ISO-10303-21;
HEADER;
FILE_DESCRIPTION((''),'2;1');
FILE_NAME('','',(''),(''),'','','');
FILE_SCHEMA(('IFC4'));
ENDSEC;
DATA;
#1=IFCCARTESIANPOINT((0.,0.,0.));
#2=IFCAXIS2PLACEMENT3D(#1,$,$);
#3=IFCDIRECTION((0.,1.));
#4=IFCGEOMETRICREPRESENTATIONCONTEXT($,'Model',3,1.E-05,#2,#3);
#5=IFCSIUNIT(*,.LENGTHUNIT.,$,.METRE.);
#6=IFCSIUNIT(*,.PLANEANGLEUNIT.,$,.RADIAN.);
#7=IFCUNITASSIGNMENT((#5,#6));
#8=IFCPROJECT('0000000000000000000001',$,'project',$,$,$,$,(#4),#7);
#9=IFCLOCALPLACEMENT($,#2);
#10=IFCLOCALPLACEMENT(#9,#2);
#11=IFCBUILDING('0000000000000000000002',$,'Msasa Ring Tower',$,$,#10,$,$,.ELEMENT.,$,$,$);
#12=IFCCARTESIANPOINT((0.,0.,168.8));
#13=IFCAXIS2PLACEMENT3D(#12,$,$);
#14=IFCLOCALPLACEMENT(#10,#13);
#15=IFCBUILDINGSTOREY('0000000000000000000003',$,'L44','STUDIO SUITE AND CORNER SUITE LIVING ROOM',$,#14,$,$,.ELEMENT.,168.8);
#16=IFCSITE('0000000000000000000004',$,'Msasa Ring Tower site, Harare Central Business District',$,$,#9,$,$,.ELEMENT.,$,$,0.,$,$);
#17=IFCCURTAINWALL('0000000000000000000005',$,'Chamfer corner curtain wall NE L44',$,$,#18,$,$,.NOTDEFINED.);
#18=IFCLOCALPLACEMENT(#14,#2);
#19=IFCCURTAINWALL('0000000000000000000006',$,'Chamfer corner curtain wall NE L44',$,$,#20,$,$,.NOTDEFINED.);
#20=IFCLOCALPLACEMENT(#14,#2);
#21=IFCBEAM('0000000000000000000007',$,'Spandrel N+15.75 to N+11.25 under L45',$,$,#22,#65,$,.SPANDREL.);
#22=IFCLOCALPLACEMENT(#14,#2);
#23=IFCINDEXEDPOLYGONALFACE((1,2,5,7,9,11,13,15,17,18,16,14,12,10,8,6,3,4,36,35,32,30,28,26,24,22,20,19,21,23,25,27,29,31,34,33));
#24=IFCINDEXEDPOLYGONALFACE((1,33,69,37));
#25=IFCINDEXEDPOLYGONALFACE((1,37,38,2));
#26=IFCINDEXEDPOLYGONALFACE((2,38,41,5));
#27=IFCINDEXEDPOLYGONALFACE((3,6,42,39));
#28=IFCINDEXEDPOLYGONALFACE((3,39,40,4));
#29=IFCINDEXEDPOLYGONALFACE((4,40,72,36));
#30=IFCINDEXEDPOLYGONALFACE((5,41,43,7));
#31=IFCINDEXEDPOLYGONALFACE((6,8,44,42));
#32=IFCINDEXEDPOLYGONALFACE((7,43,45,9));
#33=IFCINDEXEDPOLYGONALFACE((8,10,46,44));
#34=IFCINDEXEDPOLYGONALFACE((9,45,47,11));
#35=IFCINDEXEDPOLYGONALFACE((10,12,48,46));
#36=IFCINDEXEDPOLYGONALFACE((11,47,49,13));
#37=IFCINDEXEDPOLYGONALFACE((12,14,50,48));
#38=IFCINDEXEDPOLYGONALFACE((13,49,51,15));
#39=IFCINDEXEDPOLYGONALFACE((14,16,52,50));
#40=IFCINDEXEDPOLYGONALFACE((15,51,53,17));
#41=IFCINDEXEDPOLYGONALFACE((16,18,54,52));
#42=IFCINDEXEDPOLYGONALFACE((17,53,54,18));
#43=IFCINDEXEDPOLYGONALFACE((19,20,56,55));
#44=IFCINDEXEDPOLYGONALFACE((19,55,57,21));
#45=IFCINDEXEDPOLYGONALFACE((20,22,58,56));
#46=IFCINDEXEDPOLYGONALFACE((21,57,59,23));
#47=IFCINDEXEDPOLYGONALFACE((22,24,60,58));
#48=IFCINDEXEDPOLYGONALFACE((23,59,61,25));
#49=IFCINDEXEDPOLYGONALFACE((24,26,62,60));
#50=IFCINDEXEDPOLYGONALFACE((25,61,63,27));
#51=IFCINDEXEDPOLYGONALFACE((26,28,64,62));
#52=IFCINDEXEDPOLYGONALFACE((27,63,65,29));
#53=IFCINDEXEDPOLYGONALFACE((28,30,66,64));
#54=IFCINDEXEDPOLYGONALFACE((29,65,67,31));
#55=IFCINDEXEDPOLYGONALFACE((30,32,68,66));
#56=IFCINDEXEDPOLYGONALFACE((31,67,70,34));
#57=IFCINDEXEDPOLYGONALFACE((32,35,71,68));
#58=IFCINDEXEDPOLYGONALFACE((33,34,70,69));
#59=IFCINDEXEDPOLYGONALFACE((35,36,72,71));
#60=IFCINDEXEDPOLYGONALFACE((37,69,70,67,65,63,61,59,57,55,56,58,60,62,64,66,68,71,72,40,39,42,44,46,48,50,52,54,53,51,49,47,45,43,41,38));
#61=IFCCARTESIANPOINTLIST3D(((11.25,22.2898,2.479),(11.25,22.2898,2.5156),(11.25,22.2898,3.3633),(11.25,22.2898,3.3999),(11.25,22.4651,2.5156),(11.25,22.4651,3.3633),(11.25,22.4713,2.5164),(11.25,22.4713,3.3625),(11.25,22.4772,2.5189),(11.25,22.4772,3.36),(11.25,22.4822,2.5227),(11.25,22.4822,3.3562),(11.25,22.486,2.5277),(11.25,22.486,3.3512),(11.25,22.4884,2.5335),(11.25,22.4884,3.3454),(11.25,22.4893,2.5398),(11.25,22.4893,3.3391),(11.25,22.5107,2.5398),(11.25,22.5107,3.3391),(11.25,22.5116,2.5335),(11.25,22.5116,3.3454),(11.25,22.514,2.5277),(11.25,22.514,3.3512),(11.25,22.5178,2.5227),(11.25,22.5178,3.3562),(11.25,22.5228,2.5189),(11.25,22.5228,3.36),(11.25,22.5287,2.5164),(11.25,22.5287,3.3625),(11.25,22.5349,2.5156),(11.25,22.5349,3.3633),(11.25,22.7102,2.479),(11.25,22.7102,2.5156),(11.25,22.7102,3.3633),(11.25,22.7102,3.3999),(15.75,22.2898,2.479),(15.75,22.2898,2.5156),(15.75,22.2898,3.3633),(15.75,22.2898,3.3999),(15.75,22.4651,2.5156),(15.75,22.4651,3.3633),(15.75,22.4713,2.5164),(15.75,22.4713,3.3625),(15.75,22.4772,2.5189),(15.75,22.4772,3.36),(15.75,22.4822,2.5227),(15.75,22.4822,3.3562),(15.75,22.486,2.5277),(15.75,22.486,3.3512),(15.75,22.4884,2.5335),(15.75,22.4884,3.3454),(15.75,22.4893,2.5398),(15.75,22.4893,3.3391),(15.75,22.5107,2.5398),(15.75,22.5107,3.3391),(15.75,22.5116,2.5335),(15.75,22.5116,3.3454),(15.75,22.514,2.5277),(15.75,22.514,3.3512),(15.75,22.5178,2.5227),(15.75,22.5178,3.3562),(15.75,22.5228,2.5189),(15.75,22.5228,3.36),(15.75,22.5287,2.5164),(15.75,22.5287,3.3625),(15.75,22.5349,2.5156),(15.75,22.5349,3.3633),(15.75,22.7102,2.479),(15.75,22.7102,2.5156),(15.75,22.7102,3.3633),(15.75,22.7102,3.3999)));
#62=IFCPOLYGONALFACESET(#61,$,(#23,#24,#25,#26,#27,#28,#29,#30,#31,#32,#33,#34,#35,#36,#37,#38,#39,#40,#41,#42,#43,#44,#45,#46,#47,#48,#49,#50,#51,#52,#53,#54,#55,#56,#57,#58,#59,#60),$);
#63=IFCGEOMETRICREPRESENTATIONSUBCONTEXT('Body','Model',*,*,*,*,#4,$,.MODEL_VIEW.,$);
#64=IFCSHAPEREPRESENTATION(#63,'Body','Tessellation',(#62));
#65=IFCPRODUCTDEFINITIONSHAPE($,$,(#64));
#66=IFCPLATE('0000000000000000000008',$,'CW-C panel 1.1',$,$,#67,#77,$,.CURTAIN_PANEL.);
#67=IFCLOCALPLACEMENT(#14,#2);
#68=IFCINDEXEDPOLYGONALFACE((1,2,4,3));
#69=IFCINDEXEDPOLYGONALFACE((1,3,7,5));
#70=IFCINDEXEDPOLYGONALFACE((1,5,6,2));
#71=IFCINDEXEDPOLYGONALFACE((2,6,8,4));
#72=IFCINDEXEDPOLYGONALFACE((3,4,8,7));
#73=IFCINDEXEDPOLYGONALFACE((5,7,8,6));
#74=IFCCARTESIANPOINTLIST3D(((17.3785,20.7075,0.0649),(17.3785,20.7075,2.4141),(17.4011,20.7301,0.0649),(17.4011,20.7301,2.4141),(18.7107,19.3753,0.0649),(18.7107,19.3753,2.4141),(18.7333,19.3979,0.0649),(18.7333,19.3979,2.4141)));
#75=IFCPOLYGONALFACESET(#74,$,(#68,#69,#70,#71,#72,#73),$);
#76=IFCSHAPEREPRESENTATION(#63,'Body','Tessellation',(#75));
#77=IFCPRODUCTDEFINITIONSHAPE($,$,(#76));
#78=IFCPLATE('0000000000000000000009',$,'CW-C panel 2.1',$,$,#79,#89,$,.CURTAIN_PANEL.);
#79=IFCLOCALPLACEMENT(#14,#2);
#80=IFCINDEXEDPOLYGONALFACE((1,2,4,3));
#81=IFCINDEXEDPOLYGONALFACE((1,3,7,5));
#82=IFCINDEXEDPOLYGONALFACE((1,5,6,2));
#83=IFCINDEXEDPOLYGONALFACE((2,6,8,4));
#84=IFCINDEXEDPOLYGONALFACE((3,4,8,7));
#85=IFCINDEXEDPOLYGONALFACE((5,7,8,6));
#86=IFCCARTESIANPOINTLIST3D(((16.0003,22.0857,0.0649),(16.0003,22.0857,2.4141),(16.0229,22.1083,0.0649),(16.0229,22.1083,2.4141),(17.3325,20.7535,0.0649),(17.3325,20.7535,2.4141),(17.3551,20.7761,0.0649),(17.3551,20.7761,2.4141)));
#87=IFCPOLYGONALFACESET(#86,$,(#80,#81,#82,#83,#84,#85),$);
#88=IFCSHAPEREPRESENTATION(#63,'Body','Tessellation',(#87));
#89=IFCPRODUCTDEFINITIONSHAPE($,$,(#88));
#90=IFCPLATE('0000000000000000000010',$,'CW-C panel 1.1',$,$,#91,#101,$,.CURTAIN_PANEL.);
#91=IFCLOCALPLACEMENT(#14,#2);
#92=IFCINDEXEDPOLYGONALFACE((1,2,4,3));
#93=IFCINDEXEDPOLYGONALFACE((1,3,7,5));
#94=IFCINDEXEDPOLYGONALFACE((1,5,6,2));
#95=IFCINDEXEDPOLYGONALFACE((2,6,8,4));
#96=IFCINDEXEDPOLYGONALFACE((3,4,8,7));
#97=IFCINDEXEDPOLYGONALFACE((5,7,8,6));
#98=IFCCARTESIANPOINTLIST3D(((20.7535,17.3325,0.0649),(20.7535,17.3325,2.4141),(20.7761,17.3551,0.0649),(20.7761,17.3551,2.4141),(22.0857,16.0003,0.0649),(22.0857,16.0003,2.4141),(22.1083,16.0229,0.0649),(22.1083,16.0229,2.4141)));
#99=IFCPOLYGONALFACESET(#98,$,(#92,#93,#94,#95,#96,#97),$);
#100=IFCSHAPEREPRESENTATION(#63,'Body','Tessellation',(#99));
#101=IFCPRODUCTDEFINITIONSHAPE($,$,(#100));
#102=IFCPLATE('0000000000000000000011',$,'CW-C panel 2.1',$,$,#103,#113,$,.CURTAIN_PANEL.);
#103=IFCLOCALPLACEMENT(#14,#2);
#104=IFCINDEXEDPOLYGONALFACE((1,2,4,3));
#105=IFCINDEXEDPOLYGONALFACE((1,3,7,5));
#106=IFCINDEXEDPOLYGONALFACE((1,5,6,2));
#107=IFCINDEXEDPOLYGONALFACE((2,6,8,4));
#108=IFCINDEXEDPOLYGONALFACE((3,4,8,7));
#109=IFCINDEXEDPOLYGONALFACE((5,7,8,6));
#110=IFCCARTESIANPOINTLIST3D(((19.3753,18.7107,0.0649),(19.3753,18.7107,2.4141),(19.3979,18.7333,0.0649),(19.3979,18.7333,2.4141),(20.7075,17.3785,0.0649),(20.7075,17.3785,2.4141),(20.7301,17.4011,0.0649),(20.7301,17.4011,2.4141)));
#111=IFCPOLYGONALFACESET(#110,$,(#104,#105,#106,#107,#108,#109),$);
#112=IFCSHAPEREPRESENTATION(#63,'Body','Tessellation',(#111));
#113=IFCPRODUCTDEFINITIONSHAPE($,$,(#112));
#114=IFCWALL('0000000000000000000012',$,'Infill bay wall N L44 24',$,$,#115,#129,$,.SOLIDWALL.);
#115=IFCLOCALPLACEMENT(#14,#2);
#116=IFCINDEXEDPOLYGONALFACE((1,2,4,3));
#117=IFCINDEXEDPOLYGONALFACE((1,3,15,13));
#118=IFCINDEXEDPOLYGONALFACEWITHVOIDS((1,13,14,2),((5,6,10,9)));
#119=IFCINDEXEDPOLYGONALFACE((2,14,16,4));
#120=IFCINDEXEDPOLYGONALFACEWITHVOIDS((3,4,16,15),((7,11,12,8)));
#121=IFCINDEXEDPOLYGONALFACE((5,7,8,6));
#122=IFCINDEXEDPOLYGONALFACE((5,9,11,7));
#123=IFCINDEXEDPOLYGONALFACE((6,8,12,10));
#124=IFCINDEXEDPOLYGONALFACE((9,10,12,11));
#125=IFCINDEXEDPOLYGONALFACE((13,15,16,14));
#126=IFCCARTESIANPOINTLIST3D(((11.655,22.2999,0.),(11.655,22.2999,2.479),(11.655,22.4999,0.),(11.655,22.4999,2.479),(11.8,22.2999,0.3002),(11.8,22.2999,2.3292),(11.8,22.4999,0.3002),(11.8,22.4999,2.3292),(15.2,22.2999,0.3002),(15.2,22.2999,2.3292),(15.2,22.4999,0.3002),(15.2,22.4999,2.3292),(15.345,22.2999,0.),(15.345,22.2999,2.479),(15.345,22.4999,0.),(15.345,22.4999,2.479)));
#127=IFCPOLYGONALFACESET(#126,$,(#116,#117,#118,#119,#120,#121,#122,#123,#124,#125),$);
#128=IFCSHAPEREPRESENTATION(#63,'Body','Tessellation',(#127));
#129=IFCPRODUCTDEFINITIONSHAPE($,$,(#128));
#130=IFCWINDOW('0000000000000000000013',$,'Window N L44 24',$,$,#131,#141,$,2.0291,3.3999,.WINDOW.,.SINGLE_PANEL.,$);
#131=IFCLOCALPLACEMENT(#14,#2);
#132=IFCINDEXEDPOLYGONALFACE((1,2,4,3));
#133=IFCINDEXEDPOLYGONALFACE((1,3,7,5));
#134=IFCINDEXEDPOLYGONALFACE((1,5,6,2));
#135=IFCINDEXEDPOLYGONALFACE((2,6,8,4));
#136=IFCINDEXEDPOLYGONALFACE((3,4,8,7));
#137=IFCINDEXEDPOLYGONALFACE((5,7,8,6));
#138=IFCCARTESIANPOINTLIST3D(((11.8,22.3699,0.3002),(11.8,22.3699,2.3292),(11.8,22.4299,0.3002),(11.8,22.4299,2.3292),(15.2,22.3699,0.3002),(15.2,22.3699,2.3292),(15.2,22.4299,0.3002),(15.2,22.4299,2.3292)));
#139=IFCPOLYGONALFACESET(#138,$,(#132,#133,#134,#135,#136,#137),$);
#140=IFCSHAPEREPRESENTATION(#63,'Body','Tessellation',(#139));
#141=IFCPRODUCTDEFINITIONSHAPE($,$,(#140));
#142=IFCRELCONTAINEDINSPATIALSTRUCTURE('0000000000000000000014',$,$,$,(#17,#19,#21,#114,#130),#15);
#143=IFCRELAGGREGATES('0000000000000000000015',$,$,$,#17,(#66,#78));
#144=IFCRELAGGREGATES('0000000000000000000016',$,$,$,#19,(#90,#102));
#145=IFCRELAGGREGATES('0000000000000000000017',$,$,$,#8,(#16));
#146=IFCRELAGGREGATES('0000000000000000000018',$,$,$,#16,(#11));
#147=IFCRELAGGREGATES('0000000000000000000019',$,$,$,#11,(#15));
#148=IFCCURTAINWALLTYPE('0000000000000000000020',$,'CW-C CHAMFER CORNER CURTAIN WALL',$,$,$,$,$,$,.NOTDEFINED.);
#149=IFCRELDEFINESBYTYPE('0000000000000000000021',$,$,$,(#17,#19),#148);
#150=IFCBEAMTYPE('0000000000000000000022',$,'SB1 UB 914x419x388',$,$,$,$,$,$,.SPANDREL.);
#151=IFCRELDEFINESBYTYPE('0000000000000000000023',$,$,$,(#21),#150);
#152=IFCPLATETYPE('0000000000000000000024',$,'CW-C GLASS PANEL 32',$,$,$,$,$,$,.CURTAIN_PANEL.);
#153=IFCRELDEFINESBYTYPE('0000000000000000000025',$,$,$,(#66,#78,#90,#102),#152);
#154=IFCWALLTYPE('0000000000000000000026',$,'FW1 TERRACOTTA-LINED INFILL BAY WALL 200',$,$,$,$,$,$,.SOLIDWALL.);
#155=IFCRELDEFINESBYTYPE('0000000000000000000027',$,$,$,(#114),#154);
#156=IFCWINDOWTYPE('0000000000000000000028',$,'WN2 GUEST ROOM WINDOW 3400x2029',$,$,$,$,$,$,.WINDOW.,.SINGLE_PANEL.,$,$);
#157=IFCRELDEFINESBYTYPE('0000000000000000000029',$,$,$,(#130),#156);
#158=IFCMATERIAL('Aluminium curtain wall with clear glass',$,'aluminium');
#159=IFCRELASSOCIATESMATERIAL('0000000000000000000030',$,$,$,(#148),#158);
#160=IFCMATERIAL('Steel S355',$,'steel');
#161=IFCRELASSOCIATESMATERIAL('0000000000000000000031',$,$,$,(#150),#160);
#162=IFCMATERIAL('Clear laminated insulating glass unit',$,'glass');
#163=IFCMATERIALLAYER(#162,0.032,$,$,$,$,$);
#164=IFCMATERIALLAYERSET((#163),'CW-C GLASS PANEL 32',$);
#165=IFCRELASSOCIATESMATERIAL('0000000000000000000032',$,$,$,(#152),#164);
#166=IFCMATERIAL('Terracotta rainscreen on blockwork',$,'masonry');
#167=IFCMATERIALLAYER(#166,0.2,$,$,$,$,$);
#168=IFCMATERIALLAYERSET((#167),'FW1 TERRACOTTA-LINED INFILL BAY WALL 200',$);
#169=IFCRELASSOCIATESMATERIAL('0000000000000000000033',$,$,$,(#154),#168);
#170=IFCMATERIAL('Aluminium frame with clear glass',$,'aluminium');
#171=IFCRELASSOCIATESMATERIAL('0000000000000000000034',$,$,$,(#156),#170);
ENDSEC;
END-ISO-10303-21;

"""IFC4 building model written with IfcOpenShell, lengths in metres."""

from ifc_helpers import new_model, si_unit, direction, frame, frame_2d, origin, origin_2d, place, context, subcontext, project, spatial, rectangle, i_section, extrude, material, layer, layer_set, material_profile, profile_set, type_object, element, fill, aggregate, save


model = new_model("IFC4")

# Units and contexts
model_context = context("Model", 3, precision=1e-05, world=origin(), true_north=direction((0.0, 1.0)))
body_context = subcontext(model_context, "Body", "Model", "MODEL_VIEW")
ifc_project = project(units=[si_unit("LENGTHUNIT", "METRE"), si_unit("PLANEANGLEUNIT", "RADIAN")], contexts=[model_context])

# Site, building, storey
site_placement = place(None, origin())
site = spatial("IfcSite", under=ifc_project, at=site_placement, Name="Msasa Ring Tower site, Harare Central Business District", CompositionType="ELEMENT", RefElevation=0.0)
building_placement = place(site_placement, origin())
building = spatial("IfcBuilding", under=site, at=building_placement, Name="Msasa Ring Tower", CompositionType="ELEMENT")
storey_placement = place(building_placement, frame((0.0, 0.0, 168.8)))
storey = spatial("IfcBuildingStorey", under=building, at=storey_placement, Name="L44", Description="STUDIO SUITE AND CORNER SUITE LIVING ROOM", CompositionType="ELEMENT", Elevation=168.8)

# Curtain walls
ifc_material_1 = material(Name="Aluminium curtain wall with clear glass", Category="aluminium")
curtain_wall_type = type_object("IfcCurtainWallType", Name="CW-C CHAMFER CORNER CURTAIN WALL", PredefinedType="NOTDEFINED", material=ifc_material_1)
curtain_wall_1_placement = place(storey_placement, origin())
curtain_wall_1 = element("IfcCurtainWall", 1, at=curtain_wall_1_placement, inside=storey, type_object=curtain_wall_type, Name="Chamfer corner curtain wall NE L44", PredefinedType="NOTDEFINED")
curtain_wall_2_placement = place(storey_placement, origin())
curtain_wall_2 = element("IfcCurtainWall", 2, at=curtain_wall_2_placement, inside=storey, type_object=curtain_wall_type, Name="Chamfer corner curtain wall NE L44", PredefinedType="NOTDEFINED")

# Beam
ifc_material_2 = material(Name="Steel S355", Category="steel")
ifc_material_profile_1 = material_profile(ifc_material_2, i_section(OverallWidth=0.4204, OverallDepth=0.9209, WebThickness=0.0215, FlangeThickness=0.0366, FilletRadius=0.0242, at=origin_2d()), Name="UB 914x419x388")
ifc_profile_set_1 = profile_set([ifc_material_profile_1], Name="Steel S355")
beam_type_1 = type_object("IfcBeamType", Name="SB1 UB 914x419x388", PredefinedType="SPANDREL", material=ifc_profile_set_1)
beam_1_placement = place(storey_placement, frame((15.75, 22.5, 2.9395), z_axis=(-1.0, 0.0, 0.0), x_axis=(0.0, -1.0, 0.0)))
element("IfcBeam", 3, at=beam_1_placement, inside=storey, type_object=beam_type_1, Name="Spandrel N+15.75 to N+11.25 under L45", PredefinedType="SPANDREL", context=body_context, shape_type="SweptSolid", body=[
    extrude(i_section(OverallWidth=0.4204, OverallDepth=0.9209, WebThickness=0.0215, FlangeThickness=0.0366, FilletRadius=0.0242, at=origin_2d()), origin(), (0.0, 0.0, 1.0), 4.5),
])

# Plates
ifc_material_3 = material(Name="Clear laminated insulating glass unit", Category="glass")
ifc_layer_1 = layer(ifc_material_3, 0.032)
ifc_layer_set_1 = layer_set([ifc_layer_1], Name="CW-C GLASS PANEL 32")
plate_type = type_object("IfcPlateType", Name="CW-C GLASS PANEL 32", PredefinedType="CURTAIN_PANEL", material=ifc_layer_set_1)
plate_1_placement = place(storey_placement, frame((18.0559, 20.0527, 0.0649), z_axis=(0.0, 0.0, 1.0), x_axis=(-0.707107, 0.707107, 0.0)))
plate_1 = element("IfcPlate", 4, at=plate_1_placement, type_object=plate_type, Name="CW-C panel 1.1", PredefinedType="CURTAIN_PANEL", context=body_context, shape_type="SweptSolid", body=[
    extrude(rectangle(XDim=1.884, YDim=0.032, at=origin_2d()), origin(), (0.0, 0.0, 1.0), 2.3491),
])
plate_2_placement = place(storey_placement, frame((16.6777, 21.4309, 0.0649), z_axis=(0.0, 0.0, 1.0), x_axis=(-0.707107, 0.707107, 0.0)))
plate_2 = element("IfcPlate", 5, at=plate_2_placement, type_object=plate_type, Name="CW-C panel 2.1", PredefinedType="CURTAIN_PANEL", context=body_context, shape_type="SweptSolid", body=[
    extrude(rectangle(XDim=1.884, YDim=0.032, at=origin_2d()), origin(), (0.0, 0.0, 1.0), 2.3491),
])
aggregate(curtain_wall_1, [plate_1, plate_2])
plate_3_placement = place(storey_placement, frame((21.4309, 16.6777, 0.0649), z_axis=(0.0, 0.0, 1.0), x_axis=(-0.707107, 0.707107, 0.0)))
plate_3 = element("IfcPlate", 6, at=plate_3_placement, type_object=plate_type, Name="CW-C panel 1.1", PredefinedType="CURTAIN_PANEL", context=body_context, shape_type="SweptSolid", body=[
    extrude(rectangle(XDim=1.884, YDim=0.032, at=origin_2d()), origin(), (0.0, 0.0, 1.0), 2.3491),
])
plate_4_placement = place(storey_placement, frame((20.0527, 18.0559, 0.0649), z_axis=(0.0, 0.0, 1.0), x_axis=(-0.707107, 0.707107, 0.0)))
plate_4 = element("IfcPlate", 7, at=plate_4_placement, type_object=plate_type, Name="CW-C panel 2.1", PredefinedType="CURTAIN_PANEL", context=body_context, shape_type="SweptSolid", body=[
    extrude(rectangle(XDim=1.884, YDim=0.032, at=origin_2d()), origin(), (0.0, 0.0, 1.0), 2.3491),
])
aggregate(curtain_wall_2, [plate_3, plate_4])

# Wall, opening, window
ifc_material_4 = material(Name="Terracotta rainscreen on blockwork", Category="masonry")
ifc_layer_2 = layer(ifc_material_4, 0.2)
ifc_layer_set_2 = layer_set([ifc_layer_2], Name="FW1 TERRACOTTA-LINED INFILL BAY WALL 200")
wall_type = type_object("IfcWallType", Name="FW1 TERRACOTTA-LINED INFILL BAY WALL 200", PredefinedType="SOLIDWALL", material=ifc_layer_set_2)
wall_placement = place(storey_placement, frame((11.655, 22.3999, 0.0), z_axis=(0.0, 0.0, 1.0), x_axis=(1.0, 0.0, 0.0)))
wall = element("IfcWall", 8, at=wall_placement, inside=storey, type_object=wall_type, Name="Infill bay wall N L44 24", PredefinedType="SOLIDWALL", context=body_context, shape_type="SweptSolid", body=[
    extrude(rectangle(XDim=3.6899, YDim=0.2, at=frame_2d((1.845, 0.0))), origin(), (0.0, 0.0, 1.0), 2.479),
])
opening_placement = place(wall_placement, frame((0.145, 0.0, 0.3)))
opening = element("IfcOpeningElement", 9, at=opening_placement, cuts=wall, PredefinedType="OPENING", context=body_context, shape_type="SweptSolid", body=[
    extrude(rectangle(XDim=3.3999, YDim=2.0291, at=frame_2d((1.7, 1.0146))), frame((0.0, 0.1099, 0.0), z_axis=(0.0, -1.0, 0.0), x_axis=(1.0, 0.0, 0.0)), (0.0, 0.0, 1.0), 0.22),
])
ifc_material_5 = material(Name="Aluminium frame with clear glass", Category="aluminium")
window_type = type_object("IfcWindowType", Name="WN2 GUEST ROOM WINDOW 3400x2029", PartitioningType="SINGLE_PANEL", PredefinedType="WINDOW", material=ifc_material_5)
window_placement = place(opening_placement, origin())
window = element("IfcWindow", 10, at=window_placement, inside=storey, type_object=window_type, Name="Window N L44 24", OverallHeight=2.0291, OverallWidth=3.3999, PartitioningType="SINGLE_PANEL", PredefinedType="WINDOW", context=body_context, shape_type="SweptSolid", body=[
    extrude(rectangle(XDim=3.3999, YDim=2.0291, at=frame_2d((1.7, 1.0146))), frame((0.0, 0.03, 0.0), z_axis=(0.0, -1.0, 0.0), x_axis=(1.0, 0.0, 0.0)), (0.0, 0.0, 1.0), 0.0601),
])
fill(opening, window)

save(model, "model.ifc")
